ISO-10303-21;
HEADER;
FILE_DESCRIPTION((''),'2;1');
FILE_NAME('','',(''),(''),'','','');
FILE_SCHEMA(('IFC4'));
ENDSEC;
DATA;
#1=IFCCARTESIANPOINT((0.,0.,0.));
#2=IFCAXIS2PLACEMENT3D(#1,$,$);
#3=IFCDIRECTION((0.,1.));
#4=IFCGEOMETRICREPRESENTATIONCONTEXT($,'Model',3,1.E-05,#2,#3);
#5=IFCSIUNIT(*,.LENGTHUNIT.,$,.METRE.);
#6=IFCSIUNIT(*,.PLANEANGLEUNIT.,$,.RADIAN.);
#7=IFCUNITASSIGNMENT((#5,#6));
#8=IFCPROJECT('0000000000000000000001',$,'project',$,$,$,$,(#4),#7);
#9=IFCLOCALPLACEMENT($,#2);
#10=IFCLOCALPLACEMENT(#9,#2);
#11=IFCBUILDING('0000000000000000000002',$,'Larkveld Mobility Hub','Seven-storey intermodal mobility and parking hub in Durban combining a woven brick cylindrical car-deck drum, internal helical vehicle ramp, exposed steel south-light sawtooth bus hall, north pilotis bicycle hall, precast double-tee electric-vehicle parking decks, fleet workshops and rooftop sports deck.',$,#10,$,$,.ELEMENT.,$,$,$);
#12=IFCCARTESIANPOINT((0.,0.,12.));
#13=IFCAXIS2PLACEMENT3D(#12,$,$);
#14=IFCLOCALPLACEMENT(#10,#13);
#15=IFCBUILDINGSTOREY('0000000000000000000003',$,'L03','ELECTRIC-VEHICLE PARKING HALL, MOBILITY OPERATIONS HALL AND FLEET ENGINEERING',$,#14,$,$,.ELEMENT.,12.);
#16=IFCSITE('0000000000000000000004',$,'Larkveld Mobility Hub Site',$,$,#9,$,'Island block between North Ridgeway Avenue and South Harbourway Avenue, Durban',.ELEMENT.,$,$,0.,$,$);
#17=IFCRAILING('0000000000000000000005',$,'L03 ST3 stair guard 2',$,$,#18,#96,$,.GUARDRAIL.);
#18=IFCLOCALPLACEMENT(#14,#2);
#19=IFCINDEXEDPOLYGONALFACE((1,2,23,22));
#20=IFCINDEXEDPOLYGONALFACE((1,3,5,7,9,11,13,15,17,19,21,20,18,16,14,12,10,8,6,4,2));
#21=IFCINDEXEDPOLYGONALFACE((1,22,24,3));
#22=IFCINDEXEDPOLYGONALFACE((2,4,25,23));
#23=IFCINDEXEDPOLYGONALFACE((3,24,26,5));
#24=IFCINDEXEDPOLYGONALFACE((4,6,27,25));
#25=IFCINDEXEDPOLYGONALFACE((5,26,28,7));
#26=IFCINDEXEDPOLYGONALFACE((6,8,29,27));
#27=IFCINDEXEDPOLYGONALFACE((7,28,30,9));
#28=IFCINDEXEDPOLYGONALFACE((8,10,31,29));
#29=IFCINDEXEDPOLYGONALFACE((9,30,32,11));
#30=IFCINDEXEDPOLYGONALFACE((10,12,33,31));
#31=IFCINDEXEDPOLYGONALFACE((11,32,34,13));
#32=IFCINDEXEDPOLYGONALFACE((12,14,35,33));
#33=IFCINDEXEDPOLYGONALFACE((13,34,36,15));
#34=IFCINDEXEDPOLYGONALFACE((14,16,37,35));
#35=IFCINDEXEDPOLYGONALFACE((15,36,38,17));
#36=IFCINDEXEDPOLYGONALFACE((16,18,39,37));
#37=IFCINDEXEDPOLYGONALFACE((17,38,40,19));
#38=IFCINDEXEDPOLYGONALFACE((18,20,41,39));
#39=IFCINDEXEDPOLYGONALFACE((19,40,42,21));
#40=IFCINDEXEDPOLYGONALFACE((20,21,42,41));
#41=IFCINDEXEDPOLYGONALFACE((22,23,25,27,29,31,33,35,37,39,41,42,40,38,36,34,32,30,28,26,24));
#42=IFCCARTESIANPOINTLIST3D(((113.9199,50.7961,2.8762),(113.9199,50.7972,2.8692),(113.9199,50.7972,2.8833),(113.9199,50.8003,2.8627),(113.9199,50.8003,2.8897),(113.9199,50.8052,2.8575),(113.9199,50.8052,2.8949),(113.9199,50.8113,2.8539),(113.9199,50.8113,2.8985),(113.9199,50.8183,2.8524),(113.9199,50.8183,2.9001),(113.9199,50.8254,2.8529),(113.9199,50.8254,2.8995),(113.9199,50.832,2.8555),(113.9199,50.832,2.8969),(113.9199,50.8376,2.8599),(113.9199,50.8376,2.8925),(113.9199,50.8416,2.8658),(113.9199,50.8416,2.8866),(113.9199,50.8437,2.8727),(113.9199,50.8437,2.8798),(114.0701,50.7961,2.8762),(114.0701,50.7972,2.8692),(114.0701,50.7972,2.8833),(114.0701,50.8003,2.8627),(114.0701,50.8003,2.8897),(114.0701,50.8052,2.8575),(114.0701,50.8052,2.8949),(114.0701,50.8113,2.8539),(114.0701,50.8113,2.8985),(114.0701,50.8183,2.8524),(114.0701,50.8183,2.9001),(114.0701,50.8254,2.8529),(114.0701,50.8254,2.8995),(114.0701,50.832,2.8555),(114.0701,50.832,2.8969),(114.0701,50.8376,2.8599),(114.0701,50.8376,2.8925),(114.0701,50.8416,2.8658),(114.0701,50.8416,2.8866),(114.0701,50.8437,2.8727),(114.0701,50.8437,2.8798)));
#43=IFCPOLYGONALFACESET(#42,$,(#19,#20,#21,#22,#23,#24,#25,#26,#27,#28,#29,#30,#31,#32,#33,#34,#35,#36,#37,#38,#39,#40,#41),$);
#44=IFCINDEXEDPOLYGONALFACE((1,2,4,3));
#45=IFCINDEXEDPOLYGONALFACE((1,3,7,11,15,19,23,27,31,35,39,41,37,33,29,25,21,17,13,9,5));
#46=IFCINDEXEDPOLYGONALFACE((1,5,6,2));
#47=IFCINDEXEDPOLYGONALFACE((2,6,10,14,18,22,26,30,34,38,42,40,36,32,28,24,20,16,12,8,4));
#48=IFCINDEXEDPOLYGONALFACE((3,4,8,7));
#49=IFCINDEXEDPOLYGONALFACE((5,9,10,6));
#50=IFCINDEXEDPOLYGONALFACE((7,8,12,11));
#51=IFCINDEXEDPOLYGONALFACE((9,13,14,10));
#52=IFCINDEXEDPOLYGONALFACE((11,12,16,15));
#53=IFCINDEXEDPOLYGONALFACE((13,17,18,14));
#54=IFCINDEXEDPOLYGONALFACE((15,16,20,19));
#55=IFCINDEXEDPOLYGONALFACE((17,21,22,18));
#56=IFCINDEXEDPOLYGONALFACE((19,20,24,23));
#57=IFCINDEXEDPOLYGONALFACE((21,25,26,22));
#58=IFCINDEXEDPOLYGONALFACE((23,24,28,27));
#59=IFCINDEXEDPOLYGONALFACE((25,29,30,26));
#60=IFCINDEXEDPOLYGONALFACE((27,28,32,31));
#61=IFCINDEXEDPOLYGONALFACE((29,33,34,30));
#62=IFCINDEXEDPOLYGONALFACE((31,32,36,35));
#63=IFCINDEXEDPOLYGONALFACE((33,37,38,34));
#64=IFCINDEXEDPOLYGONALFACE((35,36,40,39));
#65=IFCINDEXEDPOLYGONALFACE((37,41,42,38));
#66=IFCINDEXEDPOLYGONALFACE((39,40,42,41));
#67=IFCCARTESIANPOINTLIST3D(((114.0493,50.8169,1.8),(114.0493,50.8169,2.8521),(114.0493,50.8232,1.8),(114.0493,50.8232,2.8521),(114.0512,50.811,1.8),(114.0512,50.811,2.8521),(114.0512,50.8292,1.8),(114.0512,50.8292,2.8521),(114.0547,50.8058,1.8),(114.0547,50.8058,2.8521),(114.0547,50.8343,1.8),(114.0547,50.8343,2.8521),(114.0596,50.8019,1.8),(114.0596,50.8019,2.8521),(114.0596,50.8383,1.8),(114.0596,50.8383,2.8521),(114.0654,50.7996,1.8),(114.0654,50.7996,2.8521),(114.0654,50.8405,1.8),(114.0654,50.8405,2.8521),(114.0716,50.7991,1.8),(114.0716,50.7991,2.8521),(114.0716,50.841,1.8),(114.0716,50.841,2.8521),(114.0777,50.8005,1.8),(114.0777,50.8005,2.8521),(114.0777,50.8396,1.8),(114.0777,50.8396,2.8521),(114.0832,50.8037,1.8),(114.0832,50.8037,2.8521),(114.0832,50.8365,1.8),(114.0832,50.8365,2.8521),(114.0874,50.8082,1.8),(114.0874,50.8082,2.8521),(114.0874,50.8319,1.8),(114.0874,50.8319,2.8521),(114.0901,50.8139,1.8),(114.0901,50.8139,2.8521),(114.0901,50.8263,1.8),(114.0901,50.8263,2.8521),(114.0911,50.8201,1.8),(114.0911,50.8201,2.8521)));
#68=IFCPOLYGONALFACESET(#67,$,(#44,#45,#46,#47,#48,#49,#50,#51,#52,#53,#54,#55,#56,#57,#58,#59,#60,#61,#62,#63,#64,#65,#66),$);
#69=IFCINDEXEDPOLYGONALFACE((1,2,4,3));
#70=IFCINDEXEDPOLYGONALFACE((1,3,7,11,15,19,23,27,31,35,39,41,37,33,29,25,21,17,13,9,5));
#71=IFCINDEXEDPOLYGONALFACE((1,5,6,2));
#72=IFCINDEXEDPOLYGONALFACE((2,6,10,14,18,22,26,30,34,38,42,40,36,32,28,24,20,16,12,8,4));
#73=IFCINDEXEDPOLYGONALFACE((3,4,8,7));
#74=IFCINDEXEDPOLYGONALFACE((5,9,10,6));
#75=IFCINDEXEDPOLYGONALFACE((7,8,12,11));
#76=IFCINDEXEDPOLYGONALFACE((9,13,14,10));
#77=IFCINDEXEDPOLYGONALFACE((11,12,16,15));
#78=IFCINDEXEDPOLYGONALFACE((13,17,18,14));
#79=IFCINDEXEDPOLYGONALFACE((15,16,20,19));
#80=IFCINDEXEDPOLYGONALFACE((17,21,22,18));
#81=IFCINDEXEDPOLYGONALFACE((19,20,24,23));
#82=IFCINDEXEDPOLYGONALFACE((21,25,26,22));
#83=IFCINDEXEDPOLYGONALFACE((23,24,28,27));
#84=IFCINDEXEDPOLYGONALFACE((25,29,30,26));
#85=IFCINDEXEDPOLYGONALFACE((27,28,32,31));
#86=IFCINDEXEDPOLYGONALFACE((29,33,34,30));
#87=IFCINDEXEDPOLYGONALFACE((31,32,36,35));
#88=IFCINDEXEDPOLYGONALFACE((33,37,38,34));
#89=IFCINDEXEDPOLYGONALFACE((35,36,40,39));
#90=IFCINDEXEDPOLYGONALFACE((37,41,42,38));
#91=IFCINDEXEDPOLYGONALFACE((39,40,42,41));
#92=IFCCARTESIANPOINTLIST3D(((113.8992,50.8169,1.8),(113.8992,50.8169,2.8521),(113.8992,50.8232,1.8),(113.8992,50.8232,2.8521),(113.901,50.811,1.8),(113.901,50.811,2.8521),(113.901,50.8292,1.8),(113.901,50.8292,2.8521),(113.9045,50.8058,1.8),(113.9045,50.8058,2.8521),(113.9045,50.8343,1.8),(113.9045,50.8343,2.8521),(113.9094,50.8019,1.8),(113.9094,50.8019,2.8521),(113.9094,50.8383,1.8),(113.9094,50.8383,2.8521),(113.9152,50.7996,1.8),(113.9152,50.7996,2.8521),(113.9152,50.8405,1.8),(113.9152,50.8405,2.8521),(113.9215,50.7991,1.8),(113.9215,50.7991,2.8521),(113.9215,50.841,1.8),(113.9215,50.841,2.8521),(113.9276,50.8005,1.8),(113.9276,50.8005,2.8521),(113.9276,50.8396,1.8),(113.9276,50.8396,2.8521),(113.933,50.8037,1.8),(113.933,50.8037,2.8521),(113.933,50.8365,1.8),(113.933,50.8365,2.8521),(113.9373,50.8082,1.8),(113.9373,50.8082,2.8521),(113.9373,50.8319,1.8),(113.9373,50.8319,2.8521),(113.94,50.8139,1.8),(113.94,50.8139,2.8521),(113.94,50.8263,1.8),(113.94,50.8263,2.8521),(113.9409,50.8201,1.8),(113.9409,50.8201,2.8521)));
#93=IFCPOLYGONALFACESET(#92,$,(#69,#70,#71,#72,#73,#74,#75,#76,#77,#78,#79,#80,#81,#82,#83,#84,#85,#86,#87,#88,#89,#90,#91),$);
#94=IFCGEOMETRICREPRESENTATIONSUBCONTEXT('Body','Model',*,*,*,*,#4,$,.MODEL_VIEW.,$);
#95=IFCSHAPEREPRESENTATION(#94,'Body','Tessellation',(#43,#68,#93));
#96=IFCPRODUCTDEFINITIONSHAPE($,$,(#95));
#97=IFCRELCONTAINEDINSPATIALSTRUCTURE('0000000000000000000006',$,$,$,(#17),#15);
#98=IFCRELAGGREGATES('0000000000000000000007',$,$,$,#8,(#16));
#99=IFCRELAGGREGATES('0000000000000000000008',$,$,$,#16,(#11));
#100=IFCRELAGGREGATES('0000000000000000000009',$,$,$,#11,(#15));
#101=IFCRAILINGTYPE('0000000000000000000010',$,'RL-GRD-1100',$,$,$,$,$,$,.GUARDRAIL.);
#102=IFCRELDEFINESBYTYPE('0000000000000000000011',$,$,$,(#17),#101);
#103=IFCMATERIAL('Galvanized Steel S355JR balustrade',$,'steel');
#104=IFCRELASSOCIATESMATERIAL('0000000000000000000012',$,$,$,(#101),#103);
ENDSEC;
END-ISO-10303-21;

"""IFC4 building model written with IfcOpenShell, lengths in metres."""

from ifc_helpers import new_model, si_unit, direction, frame, origin, origin_2d, place, context, subcontext, project, spatial, circle, extrude, material, type_object, element, save


model = new_model("IFC4")

# Units and contexts
model_context = context("Model", 3, precision=1e-05, world=origin(), true_north=direction((0.0, 1.0)))
body_context = subcontext(model_context, "Body", "Model", "MODEL_VIEW")
ifc_project = project(units=[si_unit("LENGTHUNIT", "METRE"), si_unit("PLANEANGLEUNIT", "RADIAN")], contexts=[model_context])

# Site, building, storey
site_placement = place(None, origin())
site = spatial("IfcSite", under=ifc_project, at=site_placement, Name="Larkveld Mobility Hub Site", LongName="Island block between North Ridgeway Avenue and South Harbourway Avenue, Durban", CompositionType="ELEMENT", RefElevation=0.0)
building_placement = place(site_placement, origin())
building = spatial("IfcBuilding", under=site, at=building_placement, Name="Larkveld Mobility Hub", Description="Seven-storey intermodal mobility and parking hub in Durban combining a woven brick cylindrical car-deck drum, internal helical vehicle ramp, exposed steel south-light sawtooth bus hall, north pilotis bicycle hall, precast double-tee electric-vehicle parking decks, fleet workshops and rooftop sports deck.", CompositionType="ELEMENT")
storey_placement = place(building_placement, frame((0.0, 0.0, 12.0)))
storey = spatial("IfcBuildingStorey", under=building, at=storey_placement, Name="L03", Description="ELECTRIC-VEHICLE PARKING HALL, MOBILITY OPERATIONS HALL AND FLEET ENGINEERING", CompositionType="ELEMENT", Elevation=12.0)

# Railing
ifc_material_1 = material(Name="Galvanized Steel S355JR balustrade", Category="steel")
railing_type_1 = type_object("IfcRailingType", Name="RL-GRD-1100", PredefinedType="GUARDRAIL", material=ifc_material_1)
railing_1_placement = place(storey_placement, frame((114.0701, 50.8201, 1.8)))
element("IfcRailing", 1, at=railing_1_placement, inside=storey, type_object=railing_type_1, Name="L03 ST3 stair guard 2", PredefinedType="GUARDRAIL", context=body_context, shape_type="SweptSolid", body=[
    extrude(circle(Radius=0.0239, at=origin_2d()), frame((0.0, 0.0, 1.0762), z_axis=(-1.0, 0.0, 0.0), x_axis=(0.0, -1.0, 0.0)), (0.0, 0.0, 1.0), 0.1501),
    extrude(circle(Radius=0.021, at=origin_2d()), origin(), (0.0, 0.0, 1.0), 1.052),
    extrude(circle(Radius=0.021, at=origin_2d()), frame((-0.1501, 0.0, 0.0)), (0.0, 0.0, 1.0), 1.052),
])

save(model, "model.ifc")
